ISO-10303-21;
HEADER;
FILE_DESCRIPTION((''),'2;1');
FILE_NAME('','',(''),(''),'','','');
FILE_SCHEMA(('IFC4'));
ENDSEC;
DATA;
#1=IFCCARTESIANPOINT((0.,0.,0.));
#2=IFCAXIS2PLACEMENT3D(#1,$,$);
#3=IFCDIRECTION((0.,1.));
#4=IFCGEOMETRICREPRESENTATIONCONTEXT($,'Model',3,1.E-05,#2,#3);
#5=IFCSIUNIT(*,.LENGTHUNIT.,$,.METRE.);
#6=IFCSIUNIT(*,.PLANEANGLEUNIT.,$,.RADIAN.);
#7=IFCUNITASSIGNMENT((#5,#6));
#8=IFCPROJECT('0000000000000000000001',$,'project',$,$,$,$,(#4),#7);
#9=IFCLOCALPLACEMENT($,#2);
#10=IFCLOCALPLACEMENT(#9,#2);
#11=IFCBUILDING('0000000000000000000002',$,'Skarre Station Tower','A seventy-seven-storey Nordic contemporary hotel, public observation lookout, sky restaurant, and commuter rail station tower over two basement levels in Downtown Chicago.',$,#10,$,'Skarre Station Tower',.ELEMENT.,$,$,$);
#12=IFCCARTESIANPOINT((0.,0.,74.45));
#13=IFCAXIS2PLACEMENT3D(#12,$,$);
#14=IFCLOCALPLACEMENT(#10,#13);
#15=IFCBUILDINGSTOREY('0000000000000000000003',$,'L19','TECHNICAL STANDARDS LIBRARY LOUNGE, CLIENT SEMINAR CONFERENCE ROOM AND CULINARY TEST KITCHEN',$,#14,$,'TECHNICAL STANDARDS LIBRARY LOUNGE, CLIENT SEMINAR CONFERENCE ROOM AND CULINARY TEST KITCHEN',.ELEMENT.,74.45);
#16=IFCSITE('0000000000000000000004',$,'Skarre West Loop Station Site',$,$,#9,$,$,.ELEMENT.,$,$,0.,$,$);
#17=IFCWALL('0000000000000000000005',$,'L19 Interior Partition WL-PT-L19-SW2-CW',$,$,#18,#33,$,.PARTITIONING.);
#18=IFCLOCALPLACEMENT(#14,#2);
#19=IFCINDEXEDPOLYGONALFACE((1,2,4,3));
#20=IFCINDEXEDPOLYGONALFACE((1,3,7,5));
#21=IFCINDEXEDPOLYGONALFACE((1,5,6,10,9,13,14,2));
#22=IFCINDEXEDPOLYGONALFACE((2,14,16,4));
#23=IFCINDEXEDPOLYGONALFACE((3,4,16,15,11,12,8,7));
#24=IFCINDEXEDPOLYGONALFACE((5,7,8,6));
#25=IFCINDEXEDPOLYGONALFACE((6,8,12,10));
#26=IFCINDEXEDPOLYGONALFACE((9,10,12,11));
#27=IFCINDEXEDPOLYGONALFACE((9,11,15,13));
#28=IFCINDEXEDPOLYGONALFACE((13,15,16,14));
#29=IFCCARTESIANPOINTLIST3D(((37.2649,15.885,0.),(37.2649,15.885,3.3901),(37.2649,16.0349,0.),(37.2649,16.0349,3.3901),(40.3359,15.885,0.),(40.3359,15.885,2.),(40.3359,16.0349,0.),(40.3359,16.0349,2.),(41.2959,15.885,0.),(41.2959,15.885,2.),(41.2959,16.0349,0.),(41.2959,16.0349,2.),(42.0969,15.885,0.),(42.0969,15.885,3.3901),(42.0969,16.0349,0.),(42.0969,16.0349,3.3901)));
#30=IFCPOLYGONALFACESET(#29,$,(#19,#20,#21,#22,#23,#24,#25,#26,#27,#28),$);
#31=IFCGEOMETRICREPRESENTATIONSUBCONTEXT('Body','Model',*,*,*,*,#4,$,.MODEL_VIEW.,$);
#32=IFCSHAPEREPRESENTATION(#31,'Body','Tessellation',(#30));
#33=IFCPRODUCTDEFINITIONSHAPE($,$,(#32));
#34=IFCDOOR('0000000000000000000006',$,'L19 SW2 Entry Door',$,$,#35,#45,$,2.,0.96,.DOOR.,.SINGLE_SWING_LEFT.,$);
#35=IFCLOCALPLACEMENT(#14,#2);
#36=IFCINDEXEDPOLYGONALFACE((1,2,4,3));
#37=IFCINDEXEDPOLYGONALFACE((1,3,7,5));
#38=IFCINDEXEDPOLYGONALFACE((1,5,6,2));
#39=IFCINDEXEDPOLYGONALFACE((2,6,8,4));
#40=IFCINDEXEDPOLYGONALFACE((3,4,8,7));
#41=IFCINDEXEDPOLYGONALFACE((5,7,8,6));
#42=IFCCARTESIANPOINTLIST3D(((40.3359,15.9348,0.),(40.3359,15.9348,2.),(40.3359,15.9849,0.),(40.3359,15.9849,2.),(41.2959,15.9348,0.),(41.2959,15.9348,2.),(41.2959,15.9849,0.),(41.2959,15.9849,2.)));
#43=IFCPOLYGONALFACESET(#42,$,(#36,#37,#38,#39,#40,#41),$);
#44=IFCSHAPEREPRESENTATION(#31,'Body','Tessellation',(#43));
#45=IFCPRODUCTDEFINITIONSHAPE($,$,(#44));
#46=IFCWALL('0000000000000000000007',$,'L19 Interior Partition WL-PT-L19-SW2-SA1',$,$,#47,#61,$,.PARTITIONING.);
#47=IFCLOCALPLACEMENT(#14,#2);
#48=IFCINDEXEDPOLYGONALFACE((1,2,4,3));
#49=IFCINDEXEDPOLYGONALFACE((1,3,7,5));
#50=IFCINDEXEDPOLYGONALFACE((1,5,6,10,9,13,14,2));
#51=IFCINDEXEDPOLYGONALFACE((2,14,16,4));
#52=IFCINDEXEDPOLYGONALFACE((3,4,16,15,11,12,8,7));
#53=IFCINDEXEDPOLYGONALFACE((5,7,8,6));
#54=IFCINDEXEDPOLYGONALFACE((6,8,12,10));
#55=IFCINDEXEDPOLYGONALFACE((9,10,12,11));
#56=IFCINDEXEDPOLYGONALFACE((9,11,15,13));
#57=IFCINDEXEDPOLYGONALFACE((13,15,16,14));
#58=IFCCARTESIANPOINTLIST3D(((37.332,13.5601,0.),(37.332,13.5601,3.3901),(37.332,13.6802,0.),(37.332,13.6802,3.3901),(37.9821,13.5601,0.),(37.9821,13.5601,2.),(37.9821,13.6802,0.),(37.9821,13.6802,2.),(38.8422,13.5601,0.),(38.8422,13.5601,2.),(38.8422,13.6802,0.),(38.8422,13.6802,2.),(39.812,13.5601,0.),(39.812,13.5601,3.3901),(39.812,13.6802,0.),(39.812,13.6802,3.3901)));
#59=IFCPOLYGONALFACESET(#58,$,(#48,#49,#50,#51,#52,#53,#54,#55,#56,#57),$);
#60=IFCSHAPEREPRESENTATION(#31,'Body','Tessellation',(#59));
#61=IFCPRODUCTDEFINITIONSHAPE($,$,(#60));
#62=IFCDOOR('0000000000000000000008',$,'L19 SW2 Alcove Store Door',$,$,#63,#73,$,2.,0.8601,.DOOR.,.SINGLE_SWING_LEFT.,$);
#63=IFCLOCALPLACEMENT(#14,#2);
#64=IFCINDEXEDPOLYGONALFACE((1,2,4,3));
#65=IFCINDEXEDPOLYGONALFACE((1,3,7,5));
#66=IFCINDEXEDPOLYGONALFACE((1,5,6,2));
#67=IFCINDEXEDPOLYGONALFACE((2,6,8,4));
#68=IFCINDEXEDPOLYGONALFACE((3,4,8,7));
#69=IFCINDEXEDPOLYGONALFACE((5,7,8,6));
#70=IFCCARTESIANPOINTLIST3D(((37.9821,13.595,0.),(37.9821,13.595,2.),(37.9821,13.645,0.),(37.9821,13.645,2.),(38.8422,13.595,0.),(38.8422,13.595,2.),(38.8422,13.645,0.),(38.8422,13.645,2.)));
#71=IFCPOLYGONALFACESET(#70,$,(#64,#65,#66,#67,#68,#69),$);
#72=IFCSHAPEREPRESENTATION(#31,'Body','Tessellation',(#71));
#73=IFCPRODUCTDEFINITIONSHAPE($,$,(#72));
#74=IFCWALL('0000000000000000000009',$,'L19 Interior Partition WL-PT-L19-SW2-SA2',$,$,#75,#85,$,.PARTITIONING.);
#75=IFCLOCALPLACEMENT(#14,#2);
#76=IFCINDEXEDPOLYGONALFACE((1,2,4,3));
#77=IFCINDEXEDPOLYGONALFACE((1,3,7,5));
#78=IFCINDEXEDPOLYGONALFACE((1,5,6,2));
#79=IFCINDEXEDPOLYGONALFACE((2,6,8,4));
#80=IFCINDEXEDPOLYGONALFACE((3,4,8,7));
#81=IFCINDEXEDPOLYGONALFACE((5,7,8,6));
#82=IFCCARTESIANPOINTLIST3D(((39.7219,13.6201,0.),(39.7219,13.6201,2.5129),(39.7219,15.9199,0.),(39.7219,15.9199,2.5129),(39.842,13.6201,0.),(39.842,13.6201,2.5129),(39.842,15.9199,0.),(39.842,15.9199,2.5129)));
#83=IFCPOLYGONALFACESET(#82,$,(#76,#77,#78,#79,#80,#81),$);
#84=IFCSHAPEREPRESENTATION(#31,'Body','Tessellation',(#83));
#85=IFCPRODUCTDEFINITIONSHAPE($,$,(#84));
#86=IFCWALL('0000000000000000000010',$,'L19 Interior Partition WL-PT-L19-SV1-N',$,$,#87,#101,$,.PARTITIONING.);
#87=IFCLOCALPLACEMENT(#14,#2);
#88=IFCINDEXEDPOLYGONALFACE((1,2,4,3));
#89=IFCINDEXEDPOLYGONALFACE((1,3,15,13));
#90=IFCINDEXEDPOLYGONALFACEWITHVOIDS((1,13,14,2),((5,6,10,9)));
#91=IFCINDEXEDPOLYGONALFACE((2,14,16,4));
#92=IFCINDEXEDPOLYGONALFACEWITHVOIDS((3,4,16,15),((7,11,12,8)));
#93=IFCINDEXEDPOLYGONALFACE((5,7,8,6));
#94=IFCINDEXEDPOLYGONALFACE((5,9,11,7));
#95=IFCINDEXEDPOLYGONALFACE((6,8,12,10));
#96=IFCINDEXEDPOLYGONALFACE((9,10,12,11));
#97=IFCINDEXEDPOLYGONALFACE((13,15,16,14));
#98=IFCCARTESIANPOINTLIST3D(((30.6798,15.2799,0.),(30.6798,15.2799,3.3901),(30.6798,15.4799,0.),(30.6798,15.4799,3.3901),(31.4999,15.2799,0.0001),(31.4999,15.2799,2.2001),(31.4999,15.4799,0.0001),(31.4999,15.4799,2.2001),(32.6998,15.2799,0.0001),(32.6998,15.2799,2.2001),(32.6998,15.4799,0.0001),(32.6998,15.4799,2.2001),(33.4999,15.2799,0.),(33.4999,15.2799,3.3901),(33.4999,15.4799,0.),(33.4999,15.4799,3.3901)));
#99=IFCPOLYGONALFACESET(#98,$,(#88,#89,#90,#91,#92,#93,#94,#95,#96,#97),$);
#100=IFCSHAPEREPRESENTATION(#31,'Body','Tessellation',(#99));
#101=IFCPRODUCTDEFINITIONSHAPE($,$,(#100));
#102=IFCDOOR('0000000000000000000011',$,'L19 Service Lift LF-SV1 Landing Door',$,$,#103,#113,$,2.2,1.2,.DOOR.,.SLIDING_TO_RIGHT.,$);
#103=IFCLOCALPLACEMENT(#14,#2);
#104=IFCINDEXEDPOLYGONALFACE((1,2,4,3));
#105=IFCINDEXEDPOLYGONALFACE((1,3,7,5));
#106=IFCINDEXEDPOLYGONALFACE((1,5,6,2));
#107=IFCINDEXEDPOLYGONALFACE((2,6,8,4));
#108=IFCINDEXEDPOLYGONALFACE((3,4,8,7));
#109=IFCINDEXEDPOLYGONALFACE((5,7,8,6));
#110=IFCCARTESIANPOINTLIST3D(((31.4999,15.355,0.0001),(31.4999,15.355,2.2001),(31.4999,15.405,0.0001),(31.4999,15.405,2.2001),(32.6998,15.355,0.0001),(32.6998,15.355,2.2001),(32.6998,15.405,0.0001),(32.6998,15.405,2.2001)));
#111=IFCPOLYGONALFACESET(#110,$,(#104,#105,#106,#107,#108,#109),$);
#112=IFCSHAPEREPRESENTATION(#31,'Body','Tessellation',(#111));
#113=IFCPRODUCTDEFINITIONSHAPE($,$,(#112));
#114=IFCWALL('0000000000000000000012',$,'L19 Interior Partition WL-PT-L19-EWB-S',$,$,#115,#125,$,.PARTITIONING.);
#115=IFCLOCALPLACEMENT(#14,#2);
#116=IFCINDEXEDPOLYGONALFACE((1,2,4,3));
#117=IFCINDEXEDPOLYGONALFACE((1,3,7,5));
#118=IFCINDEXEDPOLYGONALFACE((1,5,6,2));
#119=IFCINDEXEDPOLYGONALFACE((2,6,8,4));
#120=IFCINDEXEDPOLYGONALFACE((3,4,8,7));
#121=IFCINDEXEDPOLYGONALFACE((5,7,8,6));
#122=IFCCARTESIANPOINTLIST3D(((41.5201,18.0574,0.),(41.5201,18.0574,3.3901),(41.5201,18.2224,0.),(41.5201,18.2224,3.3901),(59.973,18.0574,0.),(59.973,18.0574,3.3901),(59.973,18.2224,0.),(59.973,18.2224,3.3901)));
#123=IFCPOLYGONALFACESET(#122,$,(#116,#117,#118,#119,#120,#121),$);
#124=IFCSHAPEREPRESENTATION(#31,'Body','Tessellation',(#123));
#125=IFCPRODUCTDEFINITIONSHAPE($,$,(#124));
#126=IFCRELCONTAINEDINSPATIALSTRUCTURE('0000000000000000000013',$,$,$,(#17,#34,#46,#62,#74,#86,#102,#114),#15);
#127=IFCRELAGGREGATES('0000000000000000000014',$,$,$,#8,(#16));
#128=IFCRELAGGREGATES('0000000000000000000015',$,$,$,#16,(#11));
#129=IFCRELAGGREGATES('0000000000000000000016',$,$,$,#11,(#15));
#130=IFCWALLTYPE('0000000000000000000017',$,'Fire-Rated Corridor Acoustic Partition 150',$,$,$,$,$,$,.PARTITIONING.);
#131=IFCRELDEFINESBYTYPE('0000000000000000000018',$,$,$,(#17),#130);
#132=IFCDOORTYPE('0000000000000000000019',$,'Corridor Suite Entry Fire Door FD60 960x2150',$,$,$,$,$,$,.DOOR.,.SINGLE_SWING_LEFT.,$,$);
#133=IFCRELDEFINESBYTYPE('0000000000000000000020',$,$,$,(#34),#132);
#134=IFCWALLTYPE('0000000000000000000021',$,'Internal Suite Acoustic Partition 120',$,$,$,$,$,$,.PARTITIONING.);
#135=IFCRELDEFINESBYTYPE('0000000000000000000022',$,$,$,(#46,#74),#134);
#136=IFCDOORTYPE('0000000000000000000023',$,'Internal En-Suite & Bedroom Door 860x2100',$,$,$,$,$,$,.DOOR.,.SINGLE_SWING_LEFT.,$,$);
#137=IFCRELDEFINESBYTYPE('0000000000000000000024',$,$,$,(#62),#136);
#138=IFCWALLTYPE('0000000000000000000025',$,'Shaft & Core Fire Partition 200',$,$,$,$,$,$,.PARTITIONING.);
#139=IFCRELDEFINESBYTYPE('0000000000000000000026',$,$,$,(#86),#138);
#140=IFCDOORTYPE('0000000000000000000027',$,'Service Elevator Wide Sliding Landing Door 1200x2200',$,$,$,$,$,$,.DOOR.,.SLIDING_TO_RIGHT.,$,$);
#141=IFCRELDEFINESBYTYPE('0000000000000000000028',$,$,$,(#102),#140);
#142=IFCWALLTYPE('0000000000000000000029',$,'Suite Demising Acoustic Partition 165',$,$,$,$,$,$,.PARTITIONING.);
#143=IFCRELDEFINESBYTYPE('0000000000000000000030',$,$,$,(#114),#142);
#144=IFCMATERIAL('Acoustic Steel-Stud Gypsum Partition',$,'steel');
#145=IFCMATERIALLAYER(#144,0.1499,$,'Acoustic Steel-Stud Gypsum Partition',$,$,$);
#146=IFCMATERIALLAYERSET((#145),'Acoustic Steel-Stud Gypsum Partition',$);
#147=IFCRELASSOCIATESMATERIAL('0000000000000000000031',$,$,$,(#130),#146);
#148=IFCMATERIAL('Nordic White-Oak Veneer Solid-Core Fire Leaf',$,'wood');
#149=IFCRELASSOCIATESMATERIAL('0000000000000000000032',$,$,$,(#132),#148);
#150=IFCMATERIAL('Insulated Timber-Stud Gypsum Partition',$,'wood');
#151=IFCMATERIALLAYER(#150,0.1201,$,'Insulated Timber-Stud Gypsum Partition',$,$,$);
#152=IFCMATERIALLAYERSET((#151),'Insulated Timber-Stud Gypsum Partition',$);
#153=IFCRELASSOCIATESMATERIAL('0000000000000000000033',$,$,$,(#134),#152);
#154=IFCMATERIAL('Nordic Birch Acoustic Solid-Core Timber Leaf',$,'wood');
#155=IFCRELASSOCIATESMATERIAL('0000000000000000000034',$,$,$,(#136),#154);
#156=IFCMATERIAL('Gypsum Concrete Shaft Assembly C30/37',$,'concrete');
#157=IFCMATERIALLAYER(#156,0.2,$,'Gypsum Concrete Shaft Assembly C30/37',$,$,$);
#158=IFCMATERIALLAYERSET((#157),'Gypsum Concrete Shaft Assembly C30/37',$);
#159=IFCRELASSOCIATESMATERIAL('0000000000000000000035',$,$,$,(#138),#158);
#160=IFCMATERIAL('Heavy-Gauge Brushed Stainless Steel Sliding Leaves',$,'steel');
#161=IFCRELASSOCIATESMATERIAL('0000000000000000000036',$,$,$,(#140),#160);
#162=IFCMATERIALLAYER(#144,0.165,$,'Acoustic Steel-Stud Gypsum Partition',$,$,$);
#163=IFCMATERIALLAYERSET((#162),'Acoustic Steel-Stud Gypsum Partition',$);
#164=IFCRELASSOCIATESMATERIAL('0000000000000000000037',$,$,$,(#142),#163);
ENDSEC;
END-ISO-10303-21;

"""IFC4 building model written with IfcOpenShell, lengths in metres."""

from ifc_helpers import new_model, si_unit, direction, frame, frame_2d, origin, place, context, subcontext, project, spatial, rectangle, extrude, material, layer, layer_set, type_object, element, fill, save


model = new_model("IFC4")

# Units and contexts
model_context = context("Model", 3, precision=1e-05, world=origin(), true_north=direction((0.0, 1.0)))
body_context = subcontext(model_context, "Body", "Model", "MODEL_VIEW")
ifc_project = project(units=[si_unit("LENGTHUNIT", "METRE"), si_unit("PLANEANGLEUNIT", "RADIAN")], contexts=[model_context])

# Site, building, storey
site_placement = place(None, origin())
site = spatial("IfcSite", under=ifc_project, at=site_placement, Name="Skarre West Loop Station Site", CompositionType="ELEMENT", RefElevation=0.0)
building_placement = place(site_placement, origin())
building = spatial("IfcBuilding", under=site, at=building_placement, Name="Skarre Station Tower", Description="A seventy-seven-storey Nordic contemporary hotel, public observation lookout, sky restaurant, and commuter rail station tower over two basement levels in Downtown Chicago.", LongName="Skarre Station Tower", CompositionType="ELEMENT")
storey_placement = place(building_placement, frame((0.0, 0.0, 74.45)))
storey = spatial("IfcBuildingStorey", under=building, at=storey_placement, Name="L19", Description="TECHNICAL STANDARDS LIBRARY LOUNGE, CLIENT SEMINAR CONFERENCE ROOM AND CULINARY TEST KITCHEN", LongName="TECHNICAL STANDARDS LIBRARY LOUNGE, CLIENT SEMINAR CONFERENCE ROOM AND CULINARY TEST KITCHEN", CompositionType="ELEMENT", Elevation=74.45)

# Shared definitions
ifc_material_1 = material(Name="Acoustic Steel-Stud Gypsum Partition", Category="steel")
ifc_layer_1 = layer(ifc_material_1, 0.1499, Name="Acoustic Steel-Stud Gypsum Partition")
ifc_layer_set_1 = layer_set([ifc_layer_1], Name="Acoustic Steel-Stud Gypsum Partition")
wall_type_1 = type_object("IfcWallType", Name="Fire-Rated Corridor Acoustic Partition 150", PredefinedType="PARTITIONING", material=ifc_layer_set_1)

# Walls, openings, doors
ifc_material_2 = material(Name="Nordic White-Oak Veneer Solid-Core Fire Leaf", Category="wood")
door_type_1 = type_object("IfcDoorType", Name="Corridor Suite Entry Fire Door FD60 960x2150", OperationType="SINGLE_SWING_LEFT", PredefinedType="DOOR", material=ifc_material_2)
wall_1_placement = place(storey_placement, frame((37.2649, 15.96, 0.0), z_axis=(0.0, 0.0, 1.0), x_axis=(1.0, 0.0, 0.0)))
wall_1 = element("IfcWall", 1, at=wall_1_placement, inside=storey, type_object=wall_type_1, Name="L19 Interior Partition WL-PT-L19-SW2-CW", PredefinedType="PARTITIONING", context=body_context, shape_type="SweptSolid", body=[
    extrude(rectangle(XDim=4.832, YDim=0.1499, at=frame_2d((2.416, 0.0))), origin(), (0.0, 0.0, 1.0), 3.3901),
])
opening_1_placement = place(wall_1_placement, frame((3.071, 0.0, 0.0)))
opening_1 = element("IfcOpeningElement", 2, at=opening_1_placement, cuts=wall_1, PredefinedType="OPENING", context=body_context, shape_type="SweptSolid", body=[
    extrude(rectangle(XDim=0.96, YDim=2.0, at=frame_2d((0.48, 1.0))), frame((0.0, 0.085, 0.0), z_axis=(0.0, -1.0, 0.0), x_axis=(1.0, 0.0, 0.0)), (0.0, 0.0, 1.0), 0.1699),
])
door_1_placement = place(opening_1_placement, origin())
door_1 = element("IfcDoor", 3, at=door_1_placement, inside=storey, type_object=door_type_1, Name="L19 SW2 Entry Door", OperationType="SINGLE_SWING_LEFT", OverallHeight=2.0, OverallWidth=0.96, PredefinedType="DOOR", context=body_context, shape_type="SweptSolid", body=[
    extrude(rectangle(XDim=0.96, YDim=2.0, at=frame_2d((0.48, 1.0))), frame((0.0, 0.0249, 0.0), z_axis=(0.0, -1.0, 0.0), x_axis=(1.0, 0.0, 0.0)), (0.0, 0.0, 1.0), 0.05),
])
fill(opening_1, door_1)
ifc_material_3 = material(Name="Insulated Timber-Stud Gypsum Partition", Category="wood")
ifc_layer_2 = layer(ifc_material_3, 0.1201, Name="Insulated Timber-Stud Gypsum Partition")
ifc_layer_set_2 = layer_set([ifc_layer_2], Name="Insulated Timber-Stud Gypsum Partition")
wall_type_2 = type_object("IfcWallType", Name="Internal Suite Acoustic Partition 120", PredefinedType="PARTITIONING", material=ifc_layer_set_2)
wall_2_placement = place(storey_placement, frame((37.332, 13.6201, 0.0), z_axis=(0.0, 0.0, 1.0), x_axis=(1.0, 0.0, 0.0)))
wall_2 = element("IfcWall", 4, at=wall_2_placement, inside=storey, type_object=wall_type_2, Name="L19 Interior Partition WL-PT-L19-SW2-SA1", PredefinedType="PARTITIONING", context=body_context, shape_type="SweptSolid", body=[
    extrude(rectangle(XDim=2.48, YDim=0.1201, at=frame_2d((1.24, 0.0))), origin(), (0.0, 0.0, 1.0), 3.3901),
])
opening_2_placement = place(wall_2_placement, frame((0.6499, 0.0, 0.0)))
opening_2 = element("IfcOpeningElement", 5, at=opening_2_placement, cuts=wall_2, PredefinedType="OPENING", context=body_context, shape_type="SweptSolid", body=[
    extrude(rectangle(XDim=0.8601, YDim=2.0, at=frame_2d((0.4302, 1.0))), frame((0.0, 0.0701, 0.0), z_axis=(0.0, -1.0, 0.0), x_axis=(1.0, 0.0, 0.0)), (0.0, 0.0, 1.0), 0.1401),
])
ifc_material_4 = material(Name="Nordic Birch Acoustic Solid-Core Timber Leaf", Category="wood")
door_type_2 = type_object("IfcDoorType", Name="Internal En-Suite & Bedroom Door 860x2100", OperationType="SINGLE_SWING_LEFT", PredefinedType="DOOR", material=ifc_material_4)
door_2_placement = place(opening_2_placement, origin())
door_2 = element("IfcDoor", 6, at=door_2_placement, inside=storey, type_object=door_type_2, Name="L19 SW2 Alcove Store Door", OperationType="SINGLE_SWING_LEFT", OverallHeight=2.0, OverallWidth=0.8601, PredefinedType="DOOR", context=body_context, shape_type="SweptSolid", body=[
    extrude(rectangle(XDim=0.8601, YDim=2.0, at=frame_2d((0.4302, 1.0))), frame((0.0, 0.0249, 0.0), z_axis=(0.0, -1.0, 0.0), x_axis=(1.0, 0.0, 0.0)), (0.0, 0.0, 1.0), 0.05),
])
fill(opening_2, door_2)

# Wall
wall_3_placement = place(storey_placement, frame((39.782, 13.6201, 0.0), z_axis=(0.0, 0.0, 1.0), x_axis=(0.0, 1.0, 0.0)))
element("IfcWall", 7, at=wall_3_placement, inside=storey, type_object=wall_type_2, Name="L19 Interior Partition WL-PT-L19-SW2-SA2", PredefinedType="PARTITIONING", context=body_context, shape_type="SweptSolid", body=[
    extrude(rectangle(XDim=2.2998, YDim=0.1201, at=frame_2d((1.1499, 0.0))), origin(), (0.0, 0.0, 1.0), 2.5129),
])

# Wall, opening, door
ifc_material_5 = material(Name="Gypsum Concrete Shaft Assembly C30/37", Category="concrete")
ifc_layer_3 = layer(ifc_material_5, 0.2, Name="Gypsum Concrete Shaft Assembly C30/37")
ifc_layer_set_3 = layer_set([ifc_layer_3], Name="Gypsum Concrete Shaft Assembly C30/37")
wall_type_3 = type_object("IfcWallType", Name="Shaft & Core Fire Partition 200", PredefinedType="PARTITIONING", material=ifc_layer_set_3)
wall_4_placement = place(storey_placement, frame((33.5, 15.3799, 0.0), z_axis=(0.0, 0.0, 1.0), x_axis=(-1.0, 0.0, 0.0)))
wall_4 = element("IfcWall", 8, at=wall_4_placement, inside=storey, type_object=wall_type_3, Name="L19 Interior Partition WL-PT-L19-SV1-N", PredefinedType="PARTITIONING", context=body_context, shape_type="SweptSolid", body=[
    extrude(rectangle(XDim=2.8201, YDim=0.2, at=frame_2d((1.4102, 0.0))), origin(), (0.0, 0.0, 1.0), 3.3901),
])
opening_3_placement = place(wall_4_placement, frame((0.8, 0.0, 0.0)))
opening_3 = element("IfcOpeningElement", 9, at=opening_3_placement, cuts=wall_4, PredefinedType="OPENING", context=body_context, shape_type="SweptSolid", body=[
    extrude(rectangle(XDim=1.2, YDim=2.2, at=frame_2d((0.6001, 1.1001))), frame((0.0, 0.1099, 0.0), z_axis=(0.0, -1.0, 0.0), x_axis=(1.0, 0.0, 0.0)), (0.0, 0.0, 1.0), 0.22),
])
ifc_material_6 = material(Name="Heavy-Gauge Brushed Stainless Steel Sliding Leaves", Category="steel")
door_type_3 = type_object("IfcDoorType", Name="Service Elevator Wide Sliding Landing Door 1200x2200", OperationType="SLIDING_TO_RIGHT", PredefinedType="DOOR", material=ifc_material_6)
door_3_placement = place(opening_3_placement, origin())
door_3 = element("IfcDoor", 10, at=door_3_placement, inside=storey, type_object=door_type_3, Name="L19 Service Lift LF-SV1 Landing Door", OperationType="SLIDING_TO_RIGHT", OverallHeight=2.2, OverallWidth=1.2, PredefinedType="DOOR", context=body_context, shape_type="SweptSolid", body=[
    extrude(rectangle(XDim=1.2, YDim=2.2, at=frame_2d((0.6001, 1.1001))), frame((0.0, 0.0249, 0.0), z_axis=(0.0, -1.0, 0.0), x_axis=(1.0, 0.0, 0.0)), (0.0, 0.0, 1.0), 0.05),
])
fill(opening_3, door_3)

# Wall
ifc_layer_4 = layer(ifc_material_1, 0.165, Name="Acoustic Steel-Stud Gypsum Partition")
ifc_layer_set_4 = layer_set([ifc_layer_4], Name="Acoustic Steel-Stud Gypsum Partition")
wall_type_4 = type_object("IfcWallType", Name="Suite Demising Acoustic Partition 165", PredefinedType="PARTITIONING", material=ifc_layer_set_4)
wall_5_placement = place(storey_placement, frame((41.52, 18.1399, 0.0), z_axis=(0.0, 0.0, 1.0), x_axis=(1.0, 0.0, 0.0)))
element("IfcWall", 11, at=wall_5_placement, inside=storey, type_object=wall_type_4, Name="L19 Interior Partition WL-PT-L19-EWB-S", PredefinedType="PARTITIONING", context=body_context, shape_type="SweptSolid", body=[
    extrude(rectangle(XDim=18.4529, YDim=0.165, at=frame_2d((9.2266, 0.0))), origin(), (0.0, 0.0, 1.0), 3.3901),
])

save(model, "model.ifc")
